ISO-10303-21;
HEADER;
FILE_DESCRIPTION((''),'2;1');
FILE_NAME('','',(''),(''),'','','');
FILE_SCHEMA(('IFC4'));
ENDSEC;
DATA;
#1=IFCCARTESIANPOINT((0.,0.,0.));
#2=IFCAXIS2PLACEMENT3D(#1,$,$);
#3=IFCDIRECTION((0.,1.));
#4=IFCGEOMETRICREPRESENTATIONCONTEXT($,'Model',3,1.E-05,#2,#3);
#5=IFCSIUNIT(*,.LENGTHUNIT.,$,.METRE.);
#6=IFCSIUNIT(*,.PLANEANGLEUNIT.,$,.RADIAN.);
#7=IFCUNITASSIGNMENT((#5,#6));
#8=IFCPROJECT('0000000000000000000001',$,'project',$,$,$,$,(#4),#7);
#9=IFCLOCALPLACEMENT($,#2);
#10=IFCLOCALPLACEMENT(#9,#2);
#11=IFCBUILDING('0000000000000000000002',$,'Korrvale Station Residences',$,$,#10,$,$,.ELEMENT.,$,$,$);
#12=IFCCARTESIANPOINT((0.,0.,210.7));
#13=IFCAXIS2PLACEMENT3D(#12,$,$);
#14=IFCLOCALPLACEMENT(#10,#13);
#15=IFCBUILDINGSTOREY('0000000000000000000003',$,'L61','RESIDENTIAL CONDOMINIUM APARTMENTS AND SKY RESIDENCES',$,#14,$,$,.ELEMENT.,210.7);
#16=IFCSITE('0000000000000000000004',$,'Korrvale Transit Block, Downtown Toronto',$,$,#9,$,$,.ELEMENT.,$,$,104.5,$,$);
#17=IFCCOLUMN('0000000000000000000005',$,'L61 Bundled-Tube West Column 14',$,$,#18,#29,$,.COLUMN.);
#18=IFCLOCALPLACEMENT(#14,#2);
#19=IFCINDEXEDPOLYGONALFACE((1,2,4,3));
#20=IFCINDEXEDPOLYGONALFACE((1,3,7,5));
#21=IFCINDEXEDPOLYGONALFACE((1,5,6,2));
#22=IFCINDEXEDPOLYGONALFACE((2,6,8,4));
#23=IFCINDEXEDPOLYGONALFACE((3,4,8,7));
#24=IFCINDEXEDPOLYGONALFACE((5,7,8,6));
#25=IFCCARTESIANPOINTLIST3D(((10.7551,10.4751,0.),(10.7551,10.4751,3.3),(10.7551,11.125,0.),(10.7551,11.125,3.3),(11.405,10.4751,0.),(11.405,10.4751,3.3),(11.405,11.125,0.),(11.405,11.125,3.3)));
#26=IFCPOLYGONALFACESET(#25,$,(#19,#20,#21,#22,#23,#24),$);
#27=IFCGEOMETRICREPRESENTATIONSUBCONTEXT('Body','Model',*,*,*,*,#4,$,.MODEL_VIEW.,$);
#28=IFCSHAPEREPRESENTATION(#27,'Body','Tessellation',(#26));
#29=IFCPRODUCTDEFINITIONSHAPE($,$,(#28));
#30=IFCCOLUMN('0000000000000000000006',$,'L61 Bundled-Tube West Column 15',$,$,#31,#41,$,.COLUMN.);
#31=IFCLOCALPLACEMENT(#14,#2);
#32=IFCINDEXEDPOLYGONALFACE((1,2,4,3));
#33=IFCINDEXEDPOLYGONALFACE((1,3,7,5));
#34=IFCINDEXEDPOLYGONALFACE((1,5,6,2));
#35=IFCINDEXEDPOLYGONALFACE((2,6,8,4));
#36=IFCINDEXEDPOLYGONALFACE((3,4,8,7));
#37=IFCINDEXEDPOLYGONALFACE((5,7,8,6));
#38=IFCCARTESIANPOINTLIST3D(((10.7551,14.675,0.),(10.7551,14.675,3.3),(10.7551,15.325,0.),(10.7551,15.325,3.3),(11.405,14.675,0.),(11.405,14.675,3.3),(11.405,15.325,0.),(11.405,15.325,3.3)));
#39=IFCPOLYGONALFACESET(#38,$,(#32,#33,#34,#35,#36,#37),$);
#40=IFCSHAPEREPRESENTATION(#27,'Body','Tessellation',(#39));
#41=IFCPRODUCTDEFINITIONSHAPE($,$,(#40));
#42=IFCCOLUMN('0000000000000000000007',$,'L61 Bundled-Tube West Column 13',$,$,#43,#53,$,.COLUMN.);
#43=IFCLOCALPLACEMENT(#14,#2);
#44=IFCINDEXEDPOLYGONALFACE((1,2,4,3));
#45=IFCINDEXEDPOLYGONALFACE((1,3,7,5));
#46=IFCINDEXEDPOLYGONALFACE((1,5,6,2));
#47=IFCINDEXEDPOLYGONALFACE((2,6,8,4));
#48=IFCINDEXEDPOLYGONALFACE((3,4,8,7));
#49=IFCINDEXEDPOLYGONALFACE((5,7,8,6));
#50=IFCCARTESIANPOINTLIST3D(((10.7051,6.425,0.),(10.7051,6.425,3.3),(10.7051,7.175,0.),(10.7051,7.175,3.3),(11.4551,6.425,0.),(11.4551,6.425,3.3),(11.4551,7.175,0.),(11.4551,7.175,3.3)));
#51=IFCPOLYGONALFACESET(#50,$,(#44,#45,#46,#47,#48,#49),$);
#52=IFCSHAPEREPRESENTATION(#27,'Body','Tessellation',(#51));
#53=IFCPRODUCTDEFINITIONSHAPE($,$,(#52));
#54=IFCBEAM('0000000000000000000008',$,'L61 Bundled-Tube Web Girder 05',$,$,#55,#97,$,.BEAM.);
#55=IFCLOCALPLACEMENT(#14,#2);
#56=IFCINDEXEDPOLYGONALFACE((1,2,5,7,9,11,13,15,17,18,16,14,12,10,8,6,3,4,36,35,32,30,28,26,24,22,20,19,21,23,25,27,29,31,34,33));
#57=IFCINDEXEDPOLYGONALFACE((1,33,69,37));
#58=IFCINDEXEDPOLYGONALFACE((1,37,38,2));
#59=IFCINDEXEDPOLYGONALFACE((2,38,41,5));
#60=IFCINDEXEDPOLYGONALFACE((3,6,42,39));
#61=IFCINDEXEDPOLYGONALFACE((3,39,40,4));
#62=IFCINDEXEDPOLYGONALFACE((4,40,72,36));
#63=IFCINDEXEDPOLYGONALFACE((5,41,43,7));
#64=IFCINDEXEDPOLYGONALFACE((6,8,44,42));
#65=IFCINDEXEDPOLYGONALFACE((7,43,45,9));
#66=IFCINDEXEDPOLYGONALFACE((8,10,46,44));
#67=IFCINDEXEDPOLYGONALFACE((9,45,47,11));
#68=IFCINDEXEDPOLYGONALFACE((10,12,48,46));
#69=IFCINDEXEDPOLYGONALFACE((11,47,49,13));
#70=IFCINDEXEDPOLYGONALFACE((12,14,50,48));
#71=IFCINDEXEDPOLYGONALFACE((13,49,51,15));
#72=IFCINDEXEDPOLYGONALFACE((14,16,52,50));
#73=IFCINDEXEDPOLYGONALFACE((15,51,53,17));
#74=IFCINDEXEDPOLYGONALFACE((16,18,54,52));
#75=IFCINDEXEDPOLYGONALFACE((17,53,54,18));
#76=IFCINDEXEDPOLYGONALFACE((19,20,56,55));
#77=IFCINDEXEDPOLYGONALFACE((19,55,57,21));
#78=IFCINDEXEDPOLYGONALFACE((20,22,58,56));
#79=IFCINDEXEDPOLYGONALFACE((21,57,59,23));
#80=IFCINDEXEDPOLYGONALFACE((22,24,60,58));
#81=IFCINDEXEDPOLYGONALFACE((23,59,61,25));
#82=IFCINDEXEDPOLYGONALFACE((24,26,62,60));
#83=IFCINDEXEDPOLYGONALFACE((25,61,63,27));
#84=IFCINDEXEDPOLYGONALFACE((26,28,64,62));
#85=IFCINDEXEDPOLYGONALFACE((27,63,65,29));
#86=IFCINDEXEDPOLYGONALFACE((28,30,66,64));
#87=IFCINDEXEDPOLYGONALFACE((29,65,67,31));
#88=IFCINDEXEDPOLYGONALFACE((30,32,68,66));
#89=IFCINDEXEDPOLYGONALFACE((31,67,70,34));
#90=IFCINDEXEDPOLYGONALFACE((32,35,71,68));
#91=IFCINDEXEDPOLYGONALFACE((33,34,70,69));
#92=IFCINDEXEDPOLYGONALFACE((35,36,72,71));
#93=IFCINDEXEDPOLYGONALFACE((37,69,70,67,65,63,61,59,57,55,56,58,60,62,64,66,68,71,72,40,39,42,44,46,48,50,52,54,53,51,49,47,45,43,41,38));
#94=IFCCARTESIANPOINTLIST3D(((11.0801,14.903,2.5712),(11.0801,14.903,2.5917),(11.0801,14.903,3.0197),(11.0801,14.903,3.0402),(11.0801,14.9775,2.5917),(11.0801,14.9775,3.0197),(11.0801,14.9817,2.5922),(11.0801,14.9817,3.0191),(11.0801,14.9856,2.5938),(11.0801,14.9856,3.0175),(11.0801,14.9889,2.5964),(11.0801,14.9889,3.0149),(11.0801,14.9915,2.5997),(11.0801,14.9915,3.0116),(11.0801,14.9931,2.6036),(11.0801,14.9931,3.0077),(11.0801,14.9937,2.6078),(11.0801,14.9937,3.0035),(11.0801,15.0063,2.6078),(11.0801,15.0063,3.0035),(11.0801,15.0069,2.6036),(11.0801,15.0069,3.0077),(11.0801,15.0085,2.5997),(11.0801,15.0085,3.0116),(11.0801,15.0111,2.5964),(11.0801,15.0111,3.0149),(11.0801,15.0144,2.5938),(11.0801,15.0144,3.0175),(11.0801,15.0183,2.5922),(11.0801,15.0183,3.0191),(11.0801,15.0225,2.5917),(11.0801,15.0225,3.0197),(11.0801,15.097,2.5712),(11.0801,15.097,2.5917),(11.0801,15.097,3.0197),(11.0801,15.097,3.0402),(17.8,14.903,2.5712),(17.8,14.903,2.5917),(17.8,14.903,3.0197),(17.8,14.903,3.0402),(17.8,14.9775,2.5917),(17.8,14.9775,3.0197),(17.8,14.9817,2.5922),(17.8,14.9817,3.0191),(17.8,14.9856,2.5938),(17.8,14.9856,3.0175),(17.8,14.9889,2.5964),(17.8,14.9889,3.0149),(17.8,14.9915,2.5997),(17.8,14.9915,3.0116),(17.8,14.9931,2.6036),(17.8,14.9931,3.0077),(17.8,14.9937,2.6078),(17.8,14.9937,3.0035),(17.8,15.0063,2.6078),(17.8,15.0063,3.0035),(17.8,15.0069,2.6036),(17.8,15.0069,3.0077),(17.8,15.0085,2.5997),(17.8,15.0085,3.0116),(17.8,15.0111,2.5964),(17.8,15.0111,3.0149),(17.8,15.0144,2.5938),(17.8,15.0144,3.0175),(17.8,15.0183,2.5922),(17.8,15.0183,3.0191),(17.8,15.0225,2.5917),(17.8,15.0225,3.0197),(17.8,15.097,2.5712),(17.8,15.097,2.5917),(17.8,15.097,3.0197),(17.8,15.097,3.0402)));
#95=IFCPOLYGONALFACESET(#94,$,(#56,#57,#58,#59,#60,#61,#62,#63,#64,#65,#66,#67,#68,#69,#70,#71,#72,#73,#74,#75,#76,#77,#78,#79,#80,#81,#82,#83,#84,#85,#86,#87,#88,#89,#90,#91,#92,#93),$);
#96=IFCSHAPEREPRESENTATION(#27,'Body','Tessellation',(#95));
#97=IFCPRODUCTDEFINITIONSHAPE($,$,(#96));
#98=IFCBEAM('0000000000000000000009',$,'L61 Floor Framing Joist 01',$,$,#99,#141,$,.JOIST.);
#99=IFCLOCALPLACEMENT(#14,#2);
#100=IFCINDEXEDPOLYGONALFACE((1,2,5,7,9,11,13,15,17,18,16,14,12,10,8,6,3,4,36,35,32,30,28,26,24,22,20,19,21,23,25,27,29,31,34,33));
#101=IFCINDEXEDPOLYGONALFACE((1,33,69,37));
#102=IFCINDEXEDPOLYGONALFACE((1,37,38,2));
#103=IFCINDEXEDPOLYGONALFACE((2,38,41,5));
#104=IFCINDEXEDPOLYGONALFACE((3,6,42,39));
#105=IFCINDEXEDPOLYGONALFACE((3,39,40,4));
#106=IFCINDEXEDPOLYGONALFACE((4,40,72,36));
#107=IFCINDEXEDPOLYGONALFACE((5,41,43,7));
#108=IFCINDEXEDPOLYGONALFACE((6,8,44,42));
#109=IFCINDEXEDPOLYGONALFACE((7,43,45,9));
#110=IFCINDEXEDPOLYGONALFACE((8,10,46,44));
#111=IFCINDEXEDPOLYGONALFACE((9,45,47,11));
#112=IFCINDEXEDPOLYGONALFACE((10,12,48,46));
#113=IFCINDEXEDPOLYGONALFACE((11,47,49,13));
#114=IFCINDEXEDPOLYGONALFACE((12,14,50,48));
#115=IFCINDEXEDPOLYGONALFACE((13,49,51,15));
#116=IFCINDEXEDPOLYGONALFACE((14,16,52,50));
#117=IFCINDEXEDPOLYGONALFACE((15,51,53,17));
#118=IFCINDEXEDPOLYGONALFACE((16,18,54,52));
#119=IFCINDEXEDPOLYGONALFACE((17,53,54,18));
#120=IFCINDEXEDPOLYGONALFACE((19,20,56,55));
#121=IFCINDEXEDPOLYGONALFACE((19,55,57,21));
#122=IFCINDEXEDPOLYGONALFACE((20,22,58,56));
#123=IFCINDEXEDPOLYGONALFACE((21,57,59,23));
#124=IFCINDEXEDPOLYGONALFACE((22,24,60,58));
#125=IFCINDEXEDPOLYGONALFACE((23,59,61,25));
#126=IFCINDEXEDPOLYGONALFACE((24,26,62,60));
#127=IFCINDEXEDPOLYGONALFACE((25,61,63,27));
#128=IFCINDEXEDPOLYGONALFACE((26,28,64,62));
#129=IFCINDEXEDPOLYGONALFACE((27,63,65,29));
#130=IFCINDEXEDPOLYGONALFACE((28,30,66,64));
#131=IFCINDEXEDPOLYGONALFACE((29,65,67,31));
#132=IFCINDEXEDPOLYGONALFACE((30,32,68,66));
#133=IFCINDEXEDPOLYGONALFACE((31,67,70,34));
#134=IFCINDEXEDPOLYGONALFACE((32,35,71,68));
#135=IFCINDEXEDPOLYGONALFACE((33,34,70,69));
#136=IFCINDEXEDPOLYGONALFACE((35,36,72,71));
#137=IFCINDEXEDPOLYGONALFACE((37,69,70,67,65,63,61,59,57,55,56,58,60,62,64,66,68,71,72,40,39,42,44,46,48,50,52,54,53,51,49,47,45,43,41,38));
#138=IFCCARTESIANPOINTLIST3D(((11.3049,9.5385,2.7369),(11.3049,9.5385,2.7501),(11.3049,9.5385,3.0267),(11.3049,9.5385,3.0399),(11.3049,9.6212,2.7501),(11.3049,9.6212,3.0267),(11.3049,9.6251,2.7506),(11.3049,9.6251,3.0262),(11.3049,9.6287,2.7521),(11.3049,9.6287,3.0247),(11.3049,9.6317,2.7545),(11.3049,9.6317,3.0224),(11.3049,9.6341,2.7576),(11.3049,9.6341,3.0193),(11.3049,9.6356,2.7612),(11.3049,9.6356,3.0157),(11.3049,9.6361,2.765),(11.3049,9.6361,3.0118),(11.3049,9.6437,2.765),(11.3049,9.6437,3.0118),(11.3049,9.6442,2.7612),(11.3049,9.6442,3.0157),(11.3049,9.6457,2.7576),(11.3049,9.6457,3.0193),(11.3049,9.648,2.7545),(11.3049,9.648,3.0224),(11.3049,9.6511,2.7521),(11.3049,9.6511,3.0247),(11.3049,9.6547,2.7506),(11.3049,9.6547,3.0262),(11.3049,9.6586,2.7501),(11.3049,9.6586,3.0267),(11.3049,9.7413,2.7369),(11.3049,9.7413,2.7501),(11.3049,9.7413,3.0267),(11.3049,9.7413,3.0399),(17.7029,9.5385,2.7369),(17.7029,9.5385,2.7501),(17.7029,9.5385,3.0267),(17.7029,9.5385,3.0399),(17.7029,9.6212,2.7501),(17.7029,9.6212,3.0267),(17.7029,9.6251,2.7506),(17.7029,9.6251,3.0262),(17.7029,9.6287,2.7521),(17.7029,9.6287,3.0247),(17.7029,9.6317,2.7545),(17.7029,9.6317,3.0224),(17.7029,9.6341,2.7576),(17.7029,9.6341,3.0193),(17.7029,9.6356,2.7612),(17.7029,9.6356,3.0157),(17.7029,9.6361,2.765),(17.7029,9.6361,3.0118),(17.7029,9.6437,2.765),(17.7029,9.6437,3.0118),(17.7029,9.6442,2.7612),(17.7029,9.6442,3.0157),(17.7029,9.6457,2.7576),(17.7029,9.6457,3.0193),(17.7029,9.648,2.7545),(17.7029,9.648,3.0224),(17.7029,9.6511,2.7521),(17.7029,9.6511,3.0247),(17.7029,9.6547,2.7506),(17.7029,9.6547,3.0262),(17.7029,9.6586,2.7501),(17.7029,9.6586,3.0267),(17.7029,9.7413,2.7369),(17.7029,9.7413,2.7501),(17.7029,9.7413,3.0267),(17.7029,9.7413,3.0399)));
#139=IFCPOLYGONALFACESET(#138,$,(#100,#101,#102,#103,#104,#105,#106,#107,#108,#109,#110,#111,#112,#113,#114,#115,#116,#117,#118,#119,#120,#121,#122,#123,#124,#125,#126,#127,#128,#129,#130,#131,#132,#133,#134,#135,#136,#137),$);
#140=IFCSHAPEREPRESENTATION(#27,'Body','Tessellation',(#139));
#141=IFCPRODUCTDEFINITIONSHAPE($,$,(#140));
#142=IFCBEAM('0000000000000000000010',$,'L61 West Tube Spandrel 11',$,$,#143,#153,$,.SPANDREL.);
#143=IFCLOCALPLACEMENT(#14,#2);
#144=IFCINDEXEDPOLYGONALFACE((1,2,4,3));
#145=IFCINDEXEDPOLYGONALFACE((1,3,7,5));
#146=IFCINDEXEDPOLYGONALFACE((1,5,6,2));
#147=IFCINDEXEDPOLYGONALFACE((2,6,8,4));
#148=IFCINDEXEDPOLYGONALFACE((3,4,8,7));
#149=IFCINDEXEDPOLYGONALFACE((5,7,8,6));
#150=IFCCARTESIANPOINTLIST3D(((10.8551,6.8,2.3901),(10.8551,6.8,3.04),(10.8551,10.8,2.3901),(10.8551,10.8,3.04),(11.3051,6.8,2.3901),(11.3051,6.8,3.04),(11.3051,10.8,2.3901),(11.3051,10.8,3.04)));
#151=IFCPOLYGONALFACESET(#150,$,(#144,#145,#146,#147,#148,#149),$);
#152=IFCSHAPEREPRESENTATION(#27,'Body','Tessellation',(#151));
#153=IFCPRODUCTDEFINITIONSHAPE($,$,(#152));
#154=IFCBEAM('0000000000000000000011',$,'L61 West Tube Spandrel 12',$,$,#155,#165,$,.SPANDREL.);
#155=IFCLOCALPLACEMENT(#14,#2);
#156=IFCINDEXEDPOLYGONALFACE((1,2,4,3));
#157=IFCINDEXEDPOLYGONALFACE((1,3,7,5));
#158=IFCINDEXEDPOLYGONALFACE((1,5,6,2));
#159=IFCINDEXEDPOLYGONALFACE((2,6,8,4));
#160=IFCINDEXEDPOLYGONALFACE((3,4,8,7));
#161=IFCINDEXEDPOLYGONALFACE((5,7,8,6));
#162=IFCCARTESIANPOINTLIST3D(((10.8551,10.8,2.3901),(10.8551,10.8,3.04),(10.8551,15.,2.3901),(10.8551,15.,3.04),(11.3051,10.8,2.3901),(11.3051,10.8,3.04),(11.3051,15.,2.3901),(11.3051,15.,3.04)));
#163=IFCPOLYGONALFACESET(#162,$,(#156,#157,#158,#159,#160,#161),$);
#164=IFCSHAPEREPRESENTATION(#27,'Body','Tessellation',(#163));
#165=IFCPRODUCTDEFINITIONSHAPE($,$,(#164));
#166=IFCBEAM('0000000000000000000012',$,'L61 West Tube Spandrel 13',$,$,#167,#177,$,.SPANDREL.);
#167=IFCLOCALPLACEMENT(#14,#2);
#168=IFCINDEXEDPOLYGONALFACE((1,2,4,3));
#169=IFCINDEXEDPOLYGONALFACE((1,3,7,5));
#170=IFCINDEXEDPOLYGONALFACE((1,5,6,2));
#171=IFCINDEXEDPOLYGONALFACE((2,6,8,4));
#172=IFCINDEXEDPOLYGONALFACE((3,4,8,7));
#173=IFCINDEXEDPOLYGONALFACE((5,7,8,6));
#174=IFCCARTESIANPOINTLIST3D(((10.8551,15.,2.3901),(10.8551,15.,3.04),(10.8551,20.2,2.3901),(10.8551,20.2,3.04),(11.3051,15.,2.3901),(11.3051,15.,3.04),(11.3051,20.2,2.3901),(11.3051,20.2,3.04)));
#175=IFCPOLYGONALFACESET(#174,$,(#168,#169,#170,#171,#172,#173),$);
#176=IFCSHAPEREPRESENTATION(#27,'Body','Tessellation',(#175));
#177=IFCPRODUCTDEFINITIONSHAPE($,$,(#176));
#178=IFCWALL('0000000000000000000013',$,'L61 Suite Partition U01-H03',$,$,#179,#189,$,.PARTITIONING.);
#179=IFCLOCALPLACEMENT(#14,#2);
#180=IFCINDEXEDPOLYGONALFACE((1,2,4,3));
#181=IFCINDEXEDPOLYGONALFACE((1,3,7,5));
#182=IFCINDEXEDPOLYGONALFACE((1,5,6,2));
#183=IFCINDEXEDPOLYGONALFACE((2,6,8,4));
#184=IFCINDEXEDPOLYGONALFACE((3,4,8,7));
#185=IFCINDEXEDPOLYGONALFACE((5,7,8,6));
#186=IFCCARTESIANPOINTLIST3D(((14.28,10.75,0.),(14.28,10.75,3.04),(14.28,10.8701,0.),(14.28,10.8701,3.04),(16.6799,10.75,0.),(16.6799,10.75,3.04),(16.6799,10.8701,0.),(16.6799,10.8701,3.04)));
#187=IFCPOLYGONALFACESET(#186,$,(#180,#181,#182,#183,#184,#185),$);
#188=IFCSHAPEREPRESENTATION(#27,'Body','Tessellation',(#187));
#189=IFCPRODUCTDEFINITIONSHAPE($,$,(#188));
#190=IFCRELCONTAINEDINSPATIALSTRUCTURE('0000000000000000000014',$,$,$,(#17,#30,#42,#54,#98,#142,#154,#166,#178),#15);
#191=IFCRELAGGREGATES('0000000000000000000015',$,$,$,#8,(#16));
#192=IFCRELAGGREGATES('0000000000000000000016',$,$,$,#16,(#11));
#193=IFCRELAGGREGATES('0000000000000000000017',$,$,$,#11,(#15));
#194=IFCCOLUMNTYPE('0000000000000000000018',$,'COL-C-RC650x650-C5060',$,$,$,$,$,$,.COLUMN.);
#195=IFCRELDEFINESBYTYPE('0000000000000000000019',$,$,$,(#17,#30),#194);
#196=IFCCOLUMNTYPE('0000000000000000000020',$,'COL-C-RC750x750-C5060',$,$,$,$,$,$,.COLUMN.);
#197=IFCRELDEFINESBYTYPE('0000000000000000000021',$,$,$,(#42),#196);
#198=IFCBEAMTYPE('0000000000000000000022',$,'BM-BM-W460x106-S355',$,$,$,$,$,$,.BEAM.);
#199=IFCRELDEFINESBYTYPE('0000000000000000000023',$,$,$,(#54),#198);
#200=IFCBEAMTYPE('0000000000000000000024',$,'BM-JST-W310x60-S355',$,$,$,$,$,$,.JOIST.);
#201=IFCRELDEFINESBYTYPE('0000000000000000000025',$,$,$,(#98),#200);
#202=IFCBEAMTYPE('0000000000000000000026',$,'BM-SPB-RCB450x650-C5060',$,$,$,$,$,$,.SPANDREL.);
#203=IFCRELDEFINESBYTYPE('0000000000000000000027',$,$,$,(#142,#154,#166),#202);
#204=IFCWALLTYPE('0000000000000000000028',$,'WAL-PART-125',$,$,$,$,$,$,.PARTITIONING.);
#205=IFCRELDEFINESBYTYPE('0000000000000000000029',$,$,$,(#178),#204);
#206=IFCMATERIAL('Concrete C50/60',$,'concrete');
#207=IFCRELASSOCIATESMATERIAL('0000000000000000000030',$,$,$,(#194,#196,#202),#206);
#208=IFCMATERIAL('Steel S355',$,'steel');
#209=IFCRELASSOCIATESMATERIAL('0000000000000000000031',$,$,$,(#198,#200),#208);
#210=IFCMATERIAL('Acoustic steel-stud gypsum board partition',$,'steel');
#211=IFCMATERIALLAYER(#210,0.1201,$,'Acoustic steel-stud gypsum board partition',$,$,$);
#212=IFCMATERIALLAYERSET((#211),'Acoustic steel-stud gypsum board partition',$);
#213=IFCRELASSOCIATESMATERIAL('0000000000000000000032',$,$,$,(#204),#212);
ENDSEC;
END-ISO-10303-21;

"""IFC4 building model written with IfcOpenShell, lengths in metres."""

from ifc_helpers import new_model, si_unit, direction, frame, frame_2d, origin, origin_2d, place, context, subcontext, project, spatial, rectangle, i_section, extrude, material, layer, layer_set, material_profile, profile_set, type_object, element, save


model = new_model("IFC4")

# Units and contexts
model_context = context("Model", 3, precision=1e-05, world=origin(), true_north=direction((0.0, 1.0)))
body_context = subcontext(model_context, "Body", "Model", "MODEL_VIEW")
ifc_project = project(units=[si_unit("LENGTHUNIT", "METRE"), si_unit("PLANEANGLEUNIT", "RADIAN")], contexts=[model_context])

# Site, building, storey
site_placement = place(None, origin())
site = spatial("IfcSite", under=ifc_project, at=site_placement, Name="Korrvale Transit Block, Downtown Toronto", CompositionType="ELEMENT", RefElevation=104.5)
building_placement = place(site_placement, origin())
building = spatial("IfcBuilding", under=site, at=building_placement, Name="Korrvale Station Residences", CompositionType="ELEMENT")
storey_placement = place(building_placement, frame((0.0, 0.0, 210.7)))
storey = spatial("IfcBuildingStorey", under=building, at=storey_placement, Name="L61", Description="RESIDENTIAL CONDOMINIUM APARTMENTS AND SKY RESIDENCES", CompositionType="ELEMENT", Elevation=210.7)

# Columns
ifc_material_1 = material(Name="Concrete C50/60", Category="concrete")
ifc_material_profile_1 = material_profile(ifc_material_1, rectangle(XDim=0.6499, YDim=0.6499, at=origin_2d()), Name="RC650x650")
ifc_profile_set_1 = profile_set([ifc_material_profile_1], Name="Concrete C50/60")
column_type_1 = type_object("IfcColumnType", Name="COL-C-RC650x650-C5060", PredefinedType="COLUMN", material=ifc_profile_set_1)
for number, where, z_axis, x_axis, name in (
    (1, (11.0801, 10.8, 0.0), (0.0, 0.0, 1.0), (1.0, 0.0, 0.0), "L61 Bundled-Tube West Column 14"),
    (2, (11.0801, 15.0, 0.0), (0.0, 0.0, 1.0), (1.0, 0.0, 0.0), "L61 Bundled-Tube West Column 15"),
):
    element("IfcColumn", number, at=place(storey_placement, frame(where, z_axis=z_axis, x_axis=x_axis)), inside=storey, type_object=column_type_1, Name=name, PredefinedType="COLUMN", context=body_context, shape_type="SweptSolid", body=[
        extrude(rectangle(XDim=0.6499, YDim=0.6499, at=origin_2d()), origin(), (0.0, 0.0, 1.0), 3.3),
    ])
ifc_material_profile_2 = material_profile(ifc_material_1, rectangle(XDim=0.75, YDim=0.75, at=origin_2d()), Name="RC750x750")
ifc_profile_set_2 = profile_set([ifc_material_profile_2], Name="Concrete C50/60")
column_type_2 = type_object("IfcColumnType", Name="COL-C-RC750x750-C5060", PredefinedType="COLUMN", material=ifc_profile_set_2)
column_placement = place(storey_placement, frame((11.0801, 6.8, 0.0), z_axis=(0.0, 0.0, 1.0), x_axis=(1.0, 0.0, 0.0)))
element("IfcColumn", 3, at=column_placement, inside=storey, type_object=column_type_2, Name="L61 Bundled-Tube West Column 13", PredefinedType="COLUMN", context=body_context, shape_type="SweptSolid", body=[
    extrude(rectangle(XDim=0.75, YDim=0.75, at=origin_2d()), origin(), (0.0, 0.0, 1.0), 3.3),
])

# Beams
ifc_material_2 = material(Name="Steel S355", Category="steel")
ifc_material_profile_3 = material_profile(ifc_material_2, i_section(OverallWidth=0.1941, OverallDepth=0.469, WebThickness=0.0127, FlangeThickness=0.0205, FilletRadius=0.0161, at=origin_2d()), Name="W460x106")
ifc_profile_set_3 = profile_set([ifc_material_profile_3], Name="Steel S355")
beam_type_1 = type_object("IfcBeamType", Name="BM-BM-W460x106-S355", PredefinedType="BEAM", material=ifc_profile_set_3)
beam_1_placement = place(storey_placement, frame((11.0801, 15.0, 2.8057), z_axis=(1.0, 0.0, 0.0), x_axis=(0.0, 1.0, 0.0)))
element("IfcBeam", 4, at=beam_1_placement, inside=storey, type_object=beam_type_1, Name="L61 Bundled-Tube Web Girder 05", PredefinedType="BEAM", context=body_context, shape_type="SweptSolid", body=[
    extrude(i_section(OverallWidth=0.1941, OverallDepth=0.469, WebThickness=0.0127, FlangeThickness=0.0205, FilletRadius=0.0161, at=origin_2d()), origin(), (0.0, 0.0, 1.0), 6.72),
])
ifc_material_profile_4 = material_profile(ifc_material_2, i_section(OverallWidth=0.2029, OverallDepth=0.303, WebThickness=0.0076, FlangeThickness=0.0132, FilletRadius=0.0149, at=origin_2d()), Name="W310x60")
ifc_profile_set_4 = profile_set([ifc_material_profile_4], Name="Steel S355")
beam_type_2 = type_object("IfcBeamType", Name="BM-JST-W310x60-S355", PredefinedType="JOIST", material=ifc_profile_set_4)
beam_2_placement = place(storey_placement, frame((11.3049, 9.6399, 2.8884), z_axis=(1.0, 0.0, 0.0), x_axis=(0.0, 1.0, 0.0)))
element("IfcBeam", 5, at=beam_2_placement, inside=storey, type_object=beam_type_2, Name="L61 Floor Framing Joist 01", PredefinedType="JOIST", context=body_context, shape_type="SweptSolid", body=[
    extrude(i_section(OverallWidth=0.2029, OverallDepth=0.303, WebThickness=0.0076, FlangeThickness=0.0132, FilletRadius=0.0149, at=origin_2d()), origin(), (0.0, 0.0, 1.0), 6.3979),
])
ifc_material_profile_5 = material_profile(ifc_material_1, rectangle(XDim=0.45, YDim=0.6499, at=origin_2d()), Name="RCB450x650")
ifc_profile_set_5 = profile_set([ifc_material_profile_5], Name="Concrete C50/60")
beam_type_3 = type_object("IfcBeamType", Name="BM-SPB-RCB450x650-C5060", PredefinedType="SPANDREL", material=ifc_profile_set_5)
beam_3_placement = place(storey_placement, frame((11.0801, 6.8, 2.7151), z_axis=(0.0, 1.0, 0.0), x_axis=(-1.0, 0.0, 0.0)))
element("IfcBeam", 6, at=beam_3_placement, inside=storey, type_object=beam_type_3, Name="L61 West Tube Spandrel 11", PredefinedType="SPANDREL", context=body_context, shape_type="SweptSolid", body=[
    extrude(rectangle(XDim=0.45, YDim=0.6499, at=origin_2d()), origin(), (0.0, 0.0, 1.0), 4.0),
])
beam_4_placement = place(storey_placement, frame((11.0801, 10.8, 2.7151), z_axis=(0.0, 1.0, 0.0), x_axis=(-1.0, 0.0, 0.0)))
element("IfcBeam", 7, at=beam_4_placement, inside=storey, type_object=beam_type_3, Name="L61 West Tube Spandrel 12", PredefinedType="SPANDREL", context=body_context, shape_type="SweptSolid", body=[
    extrude(rectangle(XDim=0.45, YDim=0.6499, at=origin_2d()), origin(), (0.0, 0.0, 1.0), 4.2),
])
beam_5_placement = place(storey_placement, frame((11.0801, 15.0, 2.7151), z_axis=(0.0, 1.0, 0.0), x_axis=(-1.0, 0.0, 0.0)))
element("IfcBeam", 8, at=beam_5_placement, inside=storey, type_object=beam_type_3, Name="L61 West Tube Spandrel 13", PredefinedType="SPANDREL", context=body_context, shape_type="SweptSolid", body=[
    extrude(rectangle(XDim=0.45, YDim=0.6499, at=origin_2d()), origin(), (0.0, 0.0, 1.0), 5.2),
])

# Wall
ifc_material_3 = material(Name="Acoustic steel-stud gypsum board partition", Category="steel")
ifc_layer_1 = layer(ifc_material_3, 0.1201, Name="Acoustic steel-stud gypsum board partition")
ifc_layer_set_1 = layer_set([ifc_layer_1], Name="Acoustic steel-stud gypsum board partition")
wall_type_1 = type_object("IfcWallType", Name="WAL-PART-125", PredefinedType="PARTITIONING", material=ifc_layer_set_1)
wall_1_placement = place(storey_placement, frame((14.28, 10.8101, 0.0), z_axis=(0.0, 0.0, 1.0), x_axis=(1.0, 0.0, 0.0)))
element("IfcWall", 9, at=wall_1_placement, inside=storey, type_object=wall_type_1, Name="L61 Suite Partition U01-H03", PredefinedType="PARTITIONING", context=body_context, shape_type="SweptSolid", body=[
    extrude(rectangle(XDim=2.3999, YDim=0.1201, at=frame_2d((1.2, 0.0))), origin(), (0.0, 0.0, 1.0), 3.04),
])

save(model, "model.ifc")
